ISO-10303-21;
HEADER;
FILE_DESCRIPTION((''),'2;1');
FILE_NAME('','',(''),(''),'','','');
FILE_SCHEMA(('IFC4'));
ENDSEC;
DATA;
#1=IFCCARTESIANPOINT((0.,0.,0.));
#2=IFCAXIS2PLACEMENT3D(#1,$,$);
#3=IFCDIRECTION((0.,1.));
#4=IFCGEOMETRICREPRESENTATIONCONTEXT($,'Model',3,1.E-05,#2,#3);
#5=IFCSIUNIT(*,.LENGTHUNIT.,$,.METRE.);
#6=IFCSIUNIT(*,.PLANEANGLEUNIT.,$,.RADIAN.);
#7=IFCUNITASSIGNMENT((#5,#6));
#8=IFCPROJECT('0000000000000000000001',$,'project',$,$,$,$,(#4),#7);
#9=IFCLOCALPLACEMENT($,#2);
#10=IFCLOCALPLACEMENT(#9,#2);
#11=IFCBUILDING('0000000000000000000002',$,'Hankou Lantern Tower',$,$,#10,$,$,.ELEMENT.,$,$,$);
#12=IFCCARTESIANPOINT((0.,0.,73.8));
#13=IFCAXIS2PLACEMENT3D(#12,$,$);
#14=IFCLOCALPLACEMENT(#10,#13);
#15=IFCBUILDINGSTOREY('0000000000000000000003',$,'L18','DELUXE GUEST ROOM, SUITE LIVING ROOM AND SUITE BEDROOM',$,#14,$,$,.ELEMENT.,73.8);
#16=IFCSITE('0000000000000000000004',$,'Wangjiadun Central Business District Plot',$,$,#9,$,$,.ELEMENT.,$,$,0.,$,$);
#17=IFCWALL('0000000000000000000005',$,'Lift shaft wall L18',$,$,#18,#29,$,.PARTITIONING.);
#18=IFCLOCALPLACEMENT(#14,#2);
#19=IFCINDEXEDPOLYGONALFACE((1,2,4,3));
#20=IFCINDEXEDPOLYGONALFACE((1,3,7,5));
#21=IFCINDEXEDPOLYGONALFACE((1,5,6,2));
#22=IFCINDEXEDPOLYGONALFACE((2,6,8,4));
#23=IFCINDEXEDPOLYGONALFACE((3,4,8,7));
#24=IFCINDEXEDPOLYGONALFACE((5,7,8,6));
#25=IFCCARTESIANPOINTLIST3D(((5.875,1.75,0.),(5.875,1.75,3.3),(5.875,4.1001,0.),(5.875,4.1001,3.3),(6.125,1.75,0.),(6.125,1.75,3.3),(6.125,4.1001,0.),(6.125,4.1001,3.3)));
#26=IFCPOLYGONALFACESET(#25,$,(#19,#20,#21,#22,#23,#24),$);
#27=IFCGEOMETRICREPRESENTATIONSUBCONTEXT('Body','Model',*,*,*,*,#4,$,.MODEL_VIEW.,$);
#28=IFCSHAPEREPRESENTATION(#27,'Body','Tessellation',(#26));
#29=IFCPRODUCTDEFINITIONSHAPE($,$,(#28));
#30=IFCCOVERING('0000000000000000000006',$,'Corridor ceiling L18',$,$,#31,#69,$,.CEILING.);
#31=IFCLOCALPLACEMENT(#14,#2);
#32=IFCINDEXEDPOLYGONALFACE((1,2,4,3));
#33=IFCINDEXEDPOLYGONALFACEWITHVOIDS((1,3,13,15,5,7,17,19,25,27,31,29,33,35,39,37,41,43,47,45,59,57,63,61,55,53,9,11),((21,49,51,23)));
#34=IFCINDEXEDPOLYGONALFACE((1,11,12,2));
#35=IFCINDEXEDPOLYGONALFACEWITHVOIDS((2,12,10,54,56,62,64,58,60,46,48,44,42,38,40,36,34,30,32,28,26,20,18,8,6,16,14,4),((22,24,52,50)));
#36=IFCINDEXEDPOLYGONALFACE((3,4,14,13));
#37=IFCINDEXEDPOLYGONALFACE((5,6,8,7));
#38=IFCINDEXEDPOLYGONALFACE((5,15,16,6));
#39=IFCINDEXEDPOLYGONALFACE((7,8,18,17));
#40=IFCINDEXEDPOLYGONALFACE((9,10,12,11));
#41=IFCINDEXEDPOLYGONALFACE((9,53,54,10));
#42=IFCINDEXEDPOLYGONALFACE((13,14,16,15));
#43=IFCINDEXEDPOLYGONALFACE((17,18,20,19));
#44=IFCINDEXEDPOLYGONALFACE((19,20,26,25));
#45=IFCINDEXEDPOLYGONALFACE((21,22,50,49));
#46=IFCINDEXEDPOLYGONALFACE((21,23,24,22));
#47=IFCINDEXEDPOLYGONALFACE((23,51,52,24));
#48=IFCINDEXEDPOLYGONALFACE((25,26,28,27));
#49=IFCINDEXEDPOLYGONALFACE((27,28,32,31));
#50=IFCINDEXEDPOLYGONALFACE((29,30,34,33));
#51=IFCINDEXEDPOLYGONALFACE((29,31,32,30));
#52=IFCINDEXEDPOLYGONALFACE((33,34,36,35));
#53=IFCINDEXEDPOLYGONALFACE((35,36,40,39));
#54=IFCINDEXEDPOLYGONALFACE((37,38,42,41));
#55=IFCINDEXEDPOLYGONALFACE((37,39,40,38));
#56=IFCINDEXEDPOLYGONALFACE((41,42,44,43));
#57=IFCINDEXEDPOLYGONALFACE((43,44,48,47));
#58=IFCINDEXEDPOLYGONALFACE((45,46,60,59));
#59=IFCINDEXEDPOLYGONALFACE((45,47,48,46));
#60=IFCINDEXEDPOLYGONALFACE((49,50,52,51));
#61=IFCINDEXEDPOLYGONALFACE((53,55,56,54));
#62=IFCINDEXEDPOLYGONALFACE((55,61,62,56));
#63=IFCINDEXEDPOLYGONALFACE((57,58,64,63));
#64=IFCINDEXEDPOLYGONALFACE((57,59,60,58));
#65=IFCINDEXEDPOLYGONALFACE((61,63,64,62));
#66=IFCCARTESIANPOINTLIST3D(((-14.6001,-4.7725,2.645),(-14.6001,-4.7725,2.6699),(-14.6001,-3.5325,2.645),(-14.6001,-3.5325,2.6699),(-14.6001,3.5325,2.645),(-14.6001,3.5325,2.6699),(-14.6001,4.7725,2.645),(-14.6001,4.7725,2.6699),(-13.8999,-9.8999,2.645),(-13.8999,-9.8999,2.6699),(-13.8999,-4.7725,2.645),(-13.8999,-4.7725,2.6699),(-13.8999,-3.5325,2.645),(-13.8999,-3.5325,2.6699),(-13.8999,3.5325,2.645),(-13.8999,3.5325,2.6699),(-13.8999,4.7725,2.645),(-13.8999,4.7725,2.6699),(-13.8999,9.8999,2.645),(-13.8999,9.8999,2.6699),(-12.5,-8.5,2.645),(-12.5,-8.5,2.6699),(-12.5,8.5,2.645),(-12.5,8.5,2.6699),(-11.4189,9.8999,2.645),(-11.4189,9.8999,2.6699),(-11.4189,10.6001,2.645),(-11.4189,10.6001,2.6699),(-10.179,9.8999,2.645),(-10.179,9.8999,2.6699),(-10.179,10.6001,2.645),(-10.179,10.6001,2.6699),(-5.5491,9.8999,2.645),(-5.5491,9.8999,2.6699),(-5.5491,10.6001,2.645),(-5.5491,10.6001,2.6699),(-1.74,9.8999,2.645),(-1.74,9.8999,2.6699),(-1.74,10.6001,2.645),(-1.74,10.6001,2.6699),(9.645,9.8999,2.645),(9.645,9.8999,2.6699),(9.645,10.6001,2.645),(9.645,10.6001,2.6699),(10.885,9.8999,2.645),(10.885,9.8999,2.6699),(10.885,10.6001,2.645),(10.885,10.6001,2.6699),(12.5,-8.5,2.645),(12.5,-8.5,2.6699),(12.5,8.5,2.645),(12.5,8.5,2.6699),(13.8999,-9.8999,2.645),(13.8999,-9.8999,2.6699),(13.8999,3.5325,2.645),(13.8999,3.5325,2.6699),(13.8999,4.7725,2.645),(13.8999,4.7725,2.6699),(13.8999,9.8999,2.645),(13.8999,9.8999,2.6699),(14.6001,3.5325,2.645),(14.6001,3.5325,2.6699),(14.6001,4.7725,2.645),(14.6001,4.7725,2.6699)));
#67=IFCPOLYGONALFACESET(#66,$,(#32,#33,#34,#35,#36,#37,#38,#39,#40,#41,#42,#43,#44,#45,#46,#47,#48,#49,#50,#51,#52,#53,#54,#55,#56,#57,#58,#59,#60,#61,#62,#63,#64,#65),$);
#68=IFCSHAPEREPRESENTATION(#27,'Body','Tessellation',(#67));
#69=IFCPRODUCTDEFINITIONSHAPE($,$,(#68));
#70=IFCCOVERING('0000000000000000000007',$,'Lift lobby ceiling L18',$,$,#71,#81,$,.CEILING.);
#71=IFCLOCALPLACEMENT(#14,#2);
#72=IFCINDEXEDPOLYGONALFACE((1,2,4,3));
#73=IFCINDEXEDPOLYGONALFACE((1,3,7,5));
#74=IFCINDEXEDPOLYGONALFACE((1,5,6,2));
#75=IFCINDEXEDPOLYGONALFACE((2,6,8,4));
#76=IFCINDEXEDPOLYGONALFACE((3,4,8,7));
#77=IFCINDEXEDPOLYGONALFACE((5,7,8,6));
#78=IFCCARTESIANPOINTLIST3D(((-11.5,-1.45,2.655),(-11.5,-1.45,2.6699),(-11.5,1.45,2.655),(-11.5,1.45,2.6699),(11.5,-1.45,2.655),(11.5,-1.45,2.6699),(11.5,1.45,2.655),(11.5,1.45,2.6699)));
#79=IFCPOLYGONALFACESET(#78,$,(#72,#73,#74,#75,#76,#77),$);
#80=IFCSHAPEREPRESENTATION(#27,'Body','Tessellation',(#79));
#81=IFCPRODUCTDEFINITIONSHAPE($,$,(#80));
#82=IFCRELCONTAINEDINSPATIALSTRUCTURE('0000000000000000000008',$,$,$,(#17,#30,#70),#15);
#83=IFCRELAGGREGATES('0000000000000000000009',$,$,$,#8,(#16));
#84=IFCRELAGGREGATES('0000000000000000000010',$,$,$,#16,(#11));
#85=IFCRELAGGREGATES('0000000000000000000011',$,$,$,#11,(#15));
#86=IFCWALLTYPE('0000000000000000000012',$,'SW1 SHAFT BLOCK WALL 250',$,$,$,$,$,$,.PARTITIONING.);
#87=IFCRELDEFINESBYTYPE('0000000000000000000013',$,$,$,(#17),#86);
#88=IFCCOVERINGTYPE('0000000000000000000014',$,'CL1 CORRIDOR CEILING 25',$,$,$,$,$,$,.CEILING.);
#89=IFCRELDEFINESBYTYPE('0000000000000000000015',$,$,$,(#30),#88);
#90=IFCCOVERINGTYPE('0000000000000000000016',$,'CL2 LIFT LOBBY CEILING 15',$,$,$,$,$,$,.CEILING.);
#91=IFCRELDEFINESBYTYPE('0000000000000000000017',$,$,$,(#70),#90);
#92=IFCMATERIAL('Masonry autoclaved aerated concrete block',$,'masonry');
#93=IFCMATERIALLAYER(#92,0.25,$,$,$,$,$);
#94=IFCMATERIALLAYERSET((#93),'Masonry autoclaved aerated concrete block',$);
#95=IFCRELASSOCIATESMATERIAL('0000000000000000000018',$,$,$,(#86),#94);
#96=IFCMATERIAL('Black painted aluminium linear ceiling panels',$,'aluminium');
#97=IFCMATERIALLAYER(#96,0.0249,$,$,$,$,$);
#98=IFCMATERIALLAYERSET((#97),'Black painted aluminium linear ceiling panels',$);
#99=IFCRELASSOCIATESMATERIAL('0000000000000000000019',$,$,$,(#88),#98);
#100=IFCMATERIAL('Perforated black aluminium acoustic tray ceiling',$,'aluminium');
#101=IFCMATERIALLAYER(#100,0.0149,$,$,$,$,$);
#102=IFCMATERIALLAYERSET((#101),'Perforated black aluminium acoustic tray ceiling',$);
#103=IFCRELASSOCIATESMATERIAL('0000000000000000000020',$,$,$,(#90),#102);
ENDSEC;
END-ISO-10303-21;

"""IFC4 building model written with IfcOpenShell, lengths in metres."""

from ifc_helpers import new_model, si_unit, direction, frame, frame_2d, origin, place, context, subcontext, project, spatial, polyline, rectangle, outline, extrude, material, layer, layer_set, type_object, element, save


model = new_model("IFC4")

# Units and contexts
model_context = context("Model", 3, precision=1e-05, world=origin(), true_north=direction((0.0, 1.0)))
body_context = subcontext(model_context, "Body", "Model", "MODEL_VIEW")
ifc_project = project(units=[si_unit("LENGTHUNIT", "METRE"), si_unit("PLANEANGLEUNIT", "RADIAN")], contexts=[model_context])

# Site, building, storey
site_placement = place(None, origin())
site = spatial("IfcSite", under=ifc_project, at=site_placement, Name="Wangjiadun Central Business District Plot", CompositionType="ELEMENT", RefElevation=0.0)
building_placement = place(site_placement, origin())
building = spatial("IfcBuilding", under=site, at=building_placement, Name="Hankou Lantern Tower", CompositionType="ELEMENT")
storey_placement = place(building_placement, frame((0.0, 0.0, 73.8)))
storey = spatial("IfcBuildingStorey", under=building, at=storey_placement, Name="L18", Description="DELUXE GUEST ROOM, SUITE LIVING ROOM AND SUITE BEDROOM", CompositionType="ELEMENT", Elevation=73.8)

# Wall
ifc_material_1 = material(Name="Masonry autoclaved aerated concrete block", Category="masonry")
ifc_layer_1 = layer(ifc_material_1, 0.25)
ifc_layer_set_1 = layer_set([ifc_layer_1], Name="Masonry autoclaved aerated concrete block")
wall_type_1 = type_object("IfcWallType", Name="SW1 SHAFT BLOCK WALL 250", PredefinedType="PARTITIONING", material=ifc_layer_set_1)
for number, where, z_axis, x_axis, name in (
    (1, (6.0, 1.75, 0.0), (0.0, 0.0, 1.0), (0.0, 1.0, 0.0), "Lift shaft wall L18"),
):
    element("IfcWall", number, at=place(storey_placement, frame(where, z_axis=z_axis, x_axis=x_axis)), inside=storey, type_object=wall_type_1, Name=name, PredefinedType="PARTITIONING", context=body_context, shape_type="SweptSolid", body=[
        extrude(rectangle(XDim=2.3501, YDim=0.25, at=frame_2d((1.175, 0.0))), origin(), (0.0, 0.0, 1.0), 3.3),
    ])

# Coverings
ifc_material_2 = material(Name="Black painted aluminium linear ceiling panels", Category="aluminium")
ifc_layer_2 = layer(ifc_material_2, 0.0249)
ifc_layer_set_2 = layer_set([ifc_layer_2], Name="Black painted aluminium linear ceiling panels")
covering_type_1 = type_object("IfcCoveringType", Name="CL1 CORRIDOR CEILING 25", PredefinedType="CEILING", material=ifc_layer_set_2)
covering_1_placement = place(storey_placement, frame((0.0, 0.0, 2.645)))
element("IfcCovering", 2, at=covering_1_placement, inside=storey, type_object=covering_type_1, Name="Corridor ceiling L18", PredefinedType="CEILING", context=body_context, shape_type="SweptSolid", body=[
    extrude(outline(polyline([(-14.6001, -4.7725), (-13.8999, -4.7725), (-13.8999, -9.8999), (13.8999, -9.8999), (13.8999, 3.5325), (14.6001, 3.5325), (14.6001, 4.7725), (13.8999, 4.7725), (13.8999, 9.8999), (10.885, 9.8999), (10.885, 10.6001), (9.645, 10.6001), (9.645, 9.8999), (-1.74, 9.8999), (-1.74, 10.6001), (-5.5491, 10.6001), (-5.5491, 9.8999), (-10.179, 9.8999), (-10.179, 10.6001), (-11.4189, 10.6001), (-11.4189, 9.8999), (-13.8999, 9.8999), (-13.8999, 4.7725), (-14.6001, 4.7725), (-14.6001, 3.5325), (-13.8999, 3.5325), (-13.8999, -3.5325), (-14.6001, -3.5325), (-14.6001, -4.7725)]), holes=[polyline([(-12.5, 8.5), (12.5, 8.5), (12.5, -8.5), (-12.5, -8.5), (-12.5, 8.5)])]), origin(), (0.0, 0.0, 1.0), 0.0249),
])
ifc_material_3 = material(Name="Perforated black aluminium acoustic tray ceiling", Category="aluminium")
ifc_layer_3 = layer(ifc_material_3, 0.0149)
ifc_layer_set_3 = layer_set([ifc_layer_3], Name="Perforated black aluminium acoustic tray ceiling")
covering_type_2 = type_object("IfcCoveringType", Name="CL2 LIFT LOBBY CEILING 15", PredefinedType="CEILING", material=ifc_layer_set_3)
covering_2_placement = place(storey_placement, frame((0.0, 0.0, 2.655)))
element("IfcCovering", 3, at=covering_2_placement, inside=storey, type_object=covering_type_2, Name="Lift lobby ceiling L18", PredefinedType="CEILING", context=body_context, shape_type="SweptSolid", body=[
    extrude(outline(polyline([(-11.5, -1.45), (11.5, -1.45), (11.5, 1.45), (-11.5, 1.45), (-11.5, -1.45)])), origin(), (0.0, 0.0, 1.0), 0.0149),
])

save(model, "model.ifc")
